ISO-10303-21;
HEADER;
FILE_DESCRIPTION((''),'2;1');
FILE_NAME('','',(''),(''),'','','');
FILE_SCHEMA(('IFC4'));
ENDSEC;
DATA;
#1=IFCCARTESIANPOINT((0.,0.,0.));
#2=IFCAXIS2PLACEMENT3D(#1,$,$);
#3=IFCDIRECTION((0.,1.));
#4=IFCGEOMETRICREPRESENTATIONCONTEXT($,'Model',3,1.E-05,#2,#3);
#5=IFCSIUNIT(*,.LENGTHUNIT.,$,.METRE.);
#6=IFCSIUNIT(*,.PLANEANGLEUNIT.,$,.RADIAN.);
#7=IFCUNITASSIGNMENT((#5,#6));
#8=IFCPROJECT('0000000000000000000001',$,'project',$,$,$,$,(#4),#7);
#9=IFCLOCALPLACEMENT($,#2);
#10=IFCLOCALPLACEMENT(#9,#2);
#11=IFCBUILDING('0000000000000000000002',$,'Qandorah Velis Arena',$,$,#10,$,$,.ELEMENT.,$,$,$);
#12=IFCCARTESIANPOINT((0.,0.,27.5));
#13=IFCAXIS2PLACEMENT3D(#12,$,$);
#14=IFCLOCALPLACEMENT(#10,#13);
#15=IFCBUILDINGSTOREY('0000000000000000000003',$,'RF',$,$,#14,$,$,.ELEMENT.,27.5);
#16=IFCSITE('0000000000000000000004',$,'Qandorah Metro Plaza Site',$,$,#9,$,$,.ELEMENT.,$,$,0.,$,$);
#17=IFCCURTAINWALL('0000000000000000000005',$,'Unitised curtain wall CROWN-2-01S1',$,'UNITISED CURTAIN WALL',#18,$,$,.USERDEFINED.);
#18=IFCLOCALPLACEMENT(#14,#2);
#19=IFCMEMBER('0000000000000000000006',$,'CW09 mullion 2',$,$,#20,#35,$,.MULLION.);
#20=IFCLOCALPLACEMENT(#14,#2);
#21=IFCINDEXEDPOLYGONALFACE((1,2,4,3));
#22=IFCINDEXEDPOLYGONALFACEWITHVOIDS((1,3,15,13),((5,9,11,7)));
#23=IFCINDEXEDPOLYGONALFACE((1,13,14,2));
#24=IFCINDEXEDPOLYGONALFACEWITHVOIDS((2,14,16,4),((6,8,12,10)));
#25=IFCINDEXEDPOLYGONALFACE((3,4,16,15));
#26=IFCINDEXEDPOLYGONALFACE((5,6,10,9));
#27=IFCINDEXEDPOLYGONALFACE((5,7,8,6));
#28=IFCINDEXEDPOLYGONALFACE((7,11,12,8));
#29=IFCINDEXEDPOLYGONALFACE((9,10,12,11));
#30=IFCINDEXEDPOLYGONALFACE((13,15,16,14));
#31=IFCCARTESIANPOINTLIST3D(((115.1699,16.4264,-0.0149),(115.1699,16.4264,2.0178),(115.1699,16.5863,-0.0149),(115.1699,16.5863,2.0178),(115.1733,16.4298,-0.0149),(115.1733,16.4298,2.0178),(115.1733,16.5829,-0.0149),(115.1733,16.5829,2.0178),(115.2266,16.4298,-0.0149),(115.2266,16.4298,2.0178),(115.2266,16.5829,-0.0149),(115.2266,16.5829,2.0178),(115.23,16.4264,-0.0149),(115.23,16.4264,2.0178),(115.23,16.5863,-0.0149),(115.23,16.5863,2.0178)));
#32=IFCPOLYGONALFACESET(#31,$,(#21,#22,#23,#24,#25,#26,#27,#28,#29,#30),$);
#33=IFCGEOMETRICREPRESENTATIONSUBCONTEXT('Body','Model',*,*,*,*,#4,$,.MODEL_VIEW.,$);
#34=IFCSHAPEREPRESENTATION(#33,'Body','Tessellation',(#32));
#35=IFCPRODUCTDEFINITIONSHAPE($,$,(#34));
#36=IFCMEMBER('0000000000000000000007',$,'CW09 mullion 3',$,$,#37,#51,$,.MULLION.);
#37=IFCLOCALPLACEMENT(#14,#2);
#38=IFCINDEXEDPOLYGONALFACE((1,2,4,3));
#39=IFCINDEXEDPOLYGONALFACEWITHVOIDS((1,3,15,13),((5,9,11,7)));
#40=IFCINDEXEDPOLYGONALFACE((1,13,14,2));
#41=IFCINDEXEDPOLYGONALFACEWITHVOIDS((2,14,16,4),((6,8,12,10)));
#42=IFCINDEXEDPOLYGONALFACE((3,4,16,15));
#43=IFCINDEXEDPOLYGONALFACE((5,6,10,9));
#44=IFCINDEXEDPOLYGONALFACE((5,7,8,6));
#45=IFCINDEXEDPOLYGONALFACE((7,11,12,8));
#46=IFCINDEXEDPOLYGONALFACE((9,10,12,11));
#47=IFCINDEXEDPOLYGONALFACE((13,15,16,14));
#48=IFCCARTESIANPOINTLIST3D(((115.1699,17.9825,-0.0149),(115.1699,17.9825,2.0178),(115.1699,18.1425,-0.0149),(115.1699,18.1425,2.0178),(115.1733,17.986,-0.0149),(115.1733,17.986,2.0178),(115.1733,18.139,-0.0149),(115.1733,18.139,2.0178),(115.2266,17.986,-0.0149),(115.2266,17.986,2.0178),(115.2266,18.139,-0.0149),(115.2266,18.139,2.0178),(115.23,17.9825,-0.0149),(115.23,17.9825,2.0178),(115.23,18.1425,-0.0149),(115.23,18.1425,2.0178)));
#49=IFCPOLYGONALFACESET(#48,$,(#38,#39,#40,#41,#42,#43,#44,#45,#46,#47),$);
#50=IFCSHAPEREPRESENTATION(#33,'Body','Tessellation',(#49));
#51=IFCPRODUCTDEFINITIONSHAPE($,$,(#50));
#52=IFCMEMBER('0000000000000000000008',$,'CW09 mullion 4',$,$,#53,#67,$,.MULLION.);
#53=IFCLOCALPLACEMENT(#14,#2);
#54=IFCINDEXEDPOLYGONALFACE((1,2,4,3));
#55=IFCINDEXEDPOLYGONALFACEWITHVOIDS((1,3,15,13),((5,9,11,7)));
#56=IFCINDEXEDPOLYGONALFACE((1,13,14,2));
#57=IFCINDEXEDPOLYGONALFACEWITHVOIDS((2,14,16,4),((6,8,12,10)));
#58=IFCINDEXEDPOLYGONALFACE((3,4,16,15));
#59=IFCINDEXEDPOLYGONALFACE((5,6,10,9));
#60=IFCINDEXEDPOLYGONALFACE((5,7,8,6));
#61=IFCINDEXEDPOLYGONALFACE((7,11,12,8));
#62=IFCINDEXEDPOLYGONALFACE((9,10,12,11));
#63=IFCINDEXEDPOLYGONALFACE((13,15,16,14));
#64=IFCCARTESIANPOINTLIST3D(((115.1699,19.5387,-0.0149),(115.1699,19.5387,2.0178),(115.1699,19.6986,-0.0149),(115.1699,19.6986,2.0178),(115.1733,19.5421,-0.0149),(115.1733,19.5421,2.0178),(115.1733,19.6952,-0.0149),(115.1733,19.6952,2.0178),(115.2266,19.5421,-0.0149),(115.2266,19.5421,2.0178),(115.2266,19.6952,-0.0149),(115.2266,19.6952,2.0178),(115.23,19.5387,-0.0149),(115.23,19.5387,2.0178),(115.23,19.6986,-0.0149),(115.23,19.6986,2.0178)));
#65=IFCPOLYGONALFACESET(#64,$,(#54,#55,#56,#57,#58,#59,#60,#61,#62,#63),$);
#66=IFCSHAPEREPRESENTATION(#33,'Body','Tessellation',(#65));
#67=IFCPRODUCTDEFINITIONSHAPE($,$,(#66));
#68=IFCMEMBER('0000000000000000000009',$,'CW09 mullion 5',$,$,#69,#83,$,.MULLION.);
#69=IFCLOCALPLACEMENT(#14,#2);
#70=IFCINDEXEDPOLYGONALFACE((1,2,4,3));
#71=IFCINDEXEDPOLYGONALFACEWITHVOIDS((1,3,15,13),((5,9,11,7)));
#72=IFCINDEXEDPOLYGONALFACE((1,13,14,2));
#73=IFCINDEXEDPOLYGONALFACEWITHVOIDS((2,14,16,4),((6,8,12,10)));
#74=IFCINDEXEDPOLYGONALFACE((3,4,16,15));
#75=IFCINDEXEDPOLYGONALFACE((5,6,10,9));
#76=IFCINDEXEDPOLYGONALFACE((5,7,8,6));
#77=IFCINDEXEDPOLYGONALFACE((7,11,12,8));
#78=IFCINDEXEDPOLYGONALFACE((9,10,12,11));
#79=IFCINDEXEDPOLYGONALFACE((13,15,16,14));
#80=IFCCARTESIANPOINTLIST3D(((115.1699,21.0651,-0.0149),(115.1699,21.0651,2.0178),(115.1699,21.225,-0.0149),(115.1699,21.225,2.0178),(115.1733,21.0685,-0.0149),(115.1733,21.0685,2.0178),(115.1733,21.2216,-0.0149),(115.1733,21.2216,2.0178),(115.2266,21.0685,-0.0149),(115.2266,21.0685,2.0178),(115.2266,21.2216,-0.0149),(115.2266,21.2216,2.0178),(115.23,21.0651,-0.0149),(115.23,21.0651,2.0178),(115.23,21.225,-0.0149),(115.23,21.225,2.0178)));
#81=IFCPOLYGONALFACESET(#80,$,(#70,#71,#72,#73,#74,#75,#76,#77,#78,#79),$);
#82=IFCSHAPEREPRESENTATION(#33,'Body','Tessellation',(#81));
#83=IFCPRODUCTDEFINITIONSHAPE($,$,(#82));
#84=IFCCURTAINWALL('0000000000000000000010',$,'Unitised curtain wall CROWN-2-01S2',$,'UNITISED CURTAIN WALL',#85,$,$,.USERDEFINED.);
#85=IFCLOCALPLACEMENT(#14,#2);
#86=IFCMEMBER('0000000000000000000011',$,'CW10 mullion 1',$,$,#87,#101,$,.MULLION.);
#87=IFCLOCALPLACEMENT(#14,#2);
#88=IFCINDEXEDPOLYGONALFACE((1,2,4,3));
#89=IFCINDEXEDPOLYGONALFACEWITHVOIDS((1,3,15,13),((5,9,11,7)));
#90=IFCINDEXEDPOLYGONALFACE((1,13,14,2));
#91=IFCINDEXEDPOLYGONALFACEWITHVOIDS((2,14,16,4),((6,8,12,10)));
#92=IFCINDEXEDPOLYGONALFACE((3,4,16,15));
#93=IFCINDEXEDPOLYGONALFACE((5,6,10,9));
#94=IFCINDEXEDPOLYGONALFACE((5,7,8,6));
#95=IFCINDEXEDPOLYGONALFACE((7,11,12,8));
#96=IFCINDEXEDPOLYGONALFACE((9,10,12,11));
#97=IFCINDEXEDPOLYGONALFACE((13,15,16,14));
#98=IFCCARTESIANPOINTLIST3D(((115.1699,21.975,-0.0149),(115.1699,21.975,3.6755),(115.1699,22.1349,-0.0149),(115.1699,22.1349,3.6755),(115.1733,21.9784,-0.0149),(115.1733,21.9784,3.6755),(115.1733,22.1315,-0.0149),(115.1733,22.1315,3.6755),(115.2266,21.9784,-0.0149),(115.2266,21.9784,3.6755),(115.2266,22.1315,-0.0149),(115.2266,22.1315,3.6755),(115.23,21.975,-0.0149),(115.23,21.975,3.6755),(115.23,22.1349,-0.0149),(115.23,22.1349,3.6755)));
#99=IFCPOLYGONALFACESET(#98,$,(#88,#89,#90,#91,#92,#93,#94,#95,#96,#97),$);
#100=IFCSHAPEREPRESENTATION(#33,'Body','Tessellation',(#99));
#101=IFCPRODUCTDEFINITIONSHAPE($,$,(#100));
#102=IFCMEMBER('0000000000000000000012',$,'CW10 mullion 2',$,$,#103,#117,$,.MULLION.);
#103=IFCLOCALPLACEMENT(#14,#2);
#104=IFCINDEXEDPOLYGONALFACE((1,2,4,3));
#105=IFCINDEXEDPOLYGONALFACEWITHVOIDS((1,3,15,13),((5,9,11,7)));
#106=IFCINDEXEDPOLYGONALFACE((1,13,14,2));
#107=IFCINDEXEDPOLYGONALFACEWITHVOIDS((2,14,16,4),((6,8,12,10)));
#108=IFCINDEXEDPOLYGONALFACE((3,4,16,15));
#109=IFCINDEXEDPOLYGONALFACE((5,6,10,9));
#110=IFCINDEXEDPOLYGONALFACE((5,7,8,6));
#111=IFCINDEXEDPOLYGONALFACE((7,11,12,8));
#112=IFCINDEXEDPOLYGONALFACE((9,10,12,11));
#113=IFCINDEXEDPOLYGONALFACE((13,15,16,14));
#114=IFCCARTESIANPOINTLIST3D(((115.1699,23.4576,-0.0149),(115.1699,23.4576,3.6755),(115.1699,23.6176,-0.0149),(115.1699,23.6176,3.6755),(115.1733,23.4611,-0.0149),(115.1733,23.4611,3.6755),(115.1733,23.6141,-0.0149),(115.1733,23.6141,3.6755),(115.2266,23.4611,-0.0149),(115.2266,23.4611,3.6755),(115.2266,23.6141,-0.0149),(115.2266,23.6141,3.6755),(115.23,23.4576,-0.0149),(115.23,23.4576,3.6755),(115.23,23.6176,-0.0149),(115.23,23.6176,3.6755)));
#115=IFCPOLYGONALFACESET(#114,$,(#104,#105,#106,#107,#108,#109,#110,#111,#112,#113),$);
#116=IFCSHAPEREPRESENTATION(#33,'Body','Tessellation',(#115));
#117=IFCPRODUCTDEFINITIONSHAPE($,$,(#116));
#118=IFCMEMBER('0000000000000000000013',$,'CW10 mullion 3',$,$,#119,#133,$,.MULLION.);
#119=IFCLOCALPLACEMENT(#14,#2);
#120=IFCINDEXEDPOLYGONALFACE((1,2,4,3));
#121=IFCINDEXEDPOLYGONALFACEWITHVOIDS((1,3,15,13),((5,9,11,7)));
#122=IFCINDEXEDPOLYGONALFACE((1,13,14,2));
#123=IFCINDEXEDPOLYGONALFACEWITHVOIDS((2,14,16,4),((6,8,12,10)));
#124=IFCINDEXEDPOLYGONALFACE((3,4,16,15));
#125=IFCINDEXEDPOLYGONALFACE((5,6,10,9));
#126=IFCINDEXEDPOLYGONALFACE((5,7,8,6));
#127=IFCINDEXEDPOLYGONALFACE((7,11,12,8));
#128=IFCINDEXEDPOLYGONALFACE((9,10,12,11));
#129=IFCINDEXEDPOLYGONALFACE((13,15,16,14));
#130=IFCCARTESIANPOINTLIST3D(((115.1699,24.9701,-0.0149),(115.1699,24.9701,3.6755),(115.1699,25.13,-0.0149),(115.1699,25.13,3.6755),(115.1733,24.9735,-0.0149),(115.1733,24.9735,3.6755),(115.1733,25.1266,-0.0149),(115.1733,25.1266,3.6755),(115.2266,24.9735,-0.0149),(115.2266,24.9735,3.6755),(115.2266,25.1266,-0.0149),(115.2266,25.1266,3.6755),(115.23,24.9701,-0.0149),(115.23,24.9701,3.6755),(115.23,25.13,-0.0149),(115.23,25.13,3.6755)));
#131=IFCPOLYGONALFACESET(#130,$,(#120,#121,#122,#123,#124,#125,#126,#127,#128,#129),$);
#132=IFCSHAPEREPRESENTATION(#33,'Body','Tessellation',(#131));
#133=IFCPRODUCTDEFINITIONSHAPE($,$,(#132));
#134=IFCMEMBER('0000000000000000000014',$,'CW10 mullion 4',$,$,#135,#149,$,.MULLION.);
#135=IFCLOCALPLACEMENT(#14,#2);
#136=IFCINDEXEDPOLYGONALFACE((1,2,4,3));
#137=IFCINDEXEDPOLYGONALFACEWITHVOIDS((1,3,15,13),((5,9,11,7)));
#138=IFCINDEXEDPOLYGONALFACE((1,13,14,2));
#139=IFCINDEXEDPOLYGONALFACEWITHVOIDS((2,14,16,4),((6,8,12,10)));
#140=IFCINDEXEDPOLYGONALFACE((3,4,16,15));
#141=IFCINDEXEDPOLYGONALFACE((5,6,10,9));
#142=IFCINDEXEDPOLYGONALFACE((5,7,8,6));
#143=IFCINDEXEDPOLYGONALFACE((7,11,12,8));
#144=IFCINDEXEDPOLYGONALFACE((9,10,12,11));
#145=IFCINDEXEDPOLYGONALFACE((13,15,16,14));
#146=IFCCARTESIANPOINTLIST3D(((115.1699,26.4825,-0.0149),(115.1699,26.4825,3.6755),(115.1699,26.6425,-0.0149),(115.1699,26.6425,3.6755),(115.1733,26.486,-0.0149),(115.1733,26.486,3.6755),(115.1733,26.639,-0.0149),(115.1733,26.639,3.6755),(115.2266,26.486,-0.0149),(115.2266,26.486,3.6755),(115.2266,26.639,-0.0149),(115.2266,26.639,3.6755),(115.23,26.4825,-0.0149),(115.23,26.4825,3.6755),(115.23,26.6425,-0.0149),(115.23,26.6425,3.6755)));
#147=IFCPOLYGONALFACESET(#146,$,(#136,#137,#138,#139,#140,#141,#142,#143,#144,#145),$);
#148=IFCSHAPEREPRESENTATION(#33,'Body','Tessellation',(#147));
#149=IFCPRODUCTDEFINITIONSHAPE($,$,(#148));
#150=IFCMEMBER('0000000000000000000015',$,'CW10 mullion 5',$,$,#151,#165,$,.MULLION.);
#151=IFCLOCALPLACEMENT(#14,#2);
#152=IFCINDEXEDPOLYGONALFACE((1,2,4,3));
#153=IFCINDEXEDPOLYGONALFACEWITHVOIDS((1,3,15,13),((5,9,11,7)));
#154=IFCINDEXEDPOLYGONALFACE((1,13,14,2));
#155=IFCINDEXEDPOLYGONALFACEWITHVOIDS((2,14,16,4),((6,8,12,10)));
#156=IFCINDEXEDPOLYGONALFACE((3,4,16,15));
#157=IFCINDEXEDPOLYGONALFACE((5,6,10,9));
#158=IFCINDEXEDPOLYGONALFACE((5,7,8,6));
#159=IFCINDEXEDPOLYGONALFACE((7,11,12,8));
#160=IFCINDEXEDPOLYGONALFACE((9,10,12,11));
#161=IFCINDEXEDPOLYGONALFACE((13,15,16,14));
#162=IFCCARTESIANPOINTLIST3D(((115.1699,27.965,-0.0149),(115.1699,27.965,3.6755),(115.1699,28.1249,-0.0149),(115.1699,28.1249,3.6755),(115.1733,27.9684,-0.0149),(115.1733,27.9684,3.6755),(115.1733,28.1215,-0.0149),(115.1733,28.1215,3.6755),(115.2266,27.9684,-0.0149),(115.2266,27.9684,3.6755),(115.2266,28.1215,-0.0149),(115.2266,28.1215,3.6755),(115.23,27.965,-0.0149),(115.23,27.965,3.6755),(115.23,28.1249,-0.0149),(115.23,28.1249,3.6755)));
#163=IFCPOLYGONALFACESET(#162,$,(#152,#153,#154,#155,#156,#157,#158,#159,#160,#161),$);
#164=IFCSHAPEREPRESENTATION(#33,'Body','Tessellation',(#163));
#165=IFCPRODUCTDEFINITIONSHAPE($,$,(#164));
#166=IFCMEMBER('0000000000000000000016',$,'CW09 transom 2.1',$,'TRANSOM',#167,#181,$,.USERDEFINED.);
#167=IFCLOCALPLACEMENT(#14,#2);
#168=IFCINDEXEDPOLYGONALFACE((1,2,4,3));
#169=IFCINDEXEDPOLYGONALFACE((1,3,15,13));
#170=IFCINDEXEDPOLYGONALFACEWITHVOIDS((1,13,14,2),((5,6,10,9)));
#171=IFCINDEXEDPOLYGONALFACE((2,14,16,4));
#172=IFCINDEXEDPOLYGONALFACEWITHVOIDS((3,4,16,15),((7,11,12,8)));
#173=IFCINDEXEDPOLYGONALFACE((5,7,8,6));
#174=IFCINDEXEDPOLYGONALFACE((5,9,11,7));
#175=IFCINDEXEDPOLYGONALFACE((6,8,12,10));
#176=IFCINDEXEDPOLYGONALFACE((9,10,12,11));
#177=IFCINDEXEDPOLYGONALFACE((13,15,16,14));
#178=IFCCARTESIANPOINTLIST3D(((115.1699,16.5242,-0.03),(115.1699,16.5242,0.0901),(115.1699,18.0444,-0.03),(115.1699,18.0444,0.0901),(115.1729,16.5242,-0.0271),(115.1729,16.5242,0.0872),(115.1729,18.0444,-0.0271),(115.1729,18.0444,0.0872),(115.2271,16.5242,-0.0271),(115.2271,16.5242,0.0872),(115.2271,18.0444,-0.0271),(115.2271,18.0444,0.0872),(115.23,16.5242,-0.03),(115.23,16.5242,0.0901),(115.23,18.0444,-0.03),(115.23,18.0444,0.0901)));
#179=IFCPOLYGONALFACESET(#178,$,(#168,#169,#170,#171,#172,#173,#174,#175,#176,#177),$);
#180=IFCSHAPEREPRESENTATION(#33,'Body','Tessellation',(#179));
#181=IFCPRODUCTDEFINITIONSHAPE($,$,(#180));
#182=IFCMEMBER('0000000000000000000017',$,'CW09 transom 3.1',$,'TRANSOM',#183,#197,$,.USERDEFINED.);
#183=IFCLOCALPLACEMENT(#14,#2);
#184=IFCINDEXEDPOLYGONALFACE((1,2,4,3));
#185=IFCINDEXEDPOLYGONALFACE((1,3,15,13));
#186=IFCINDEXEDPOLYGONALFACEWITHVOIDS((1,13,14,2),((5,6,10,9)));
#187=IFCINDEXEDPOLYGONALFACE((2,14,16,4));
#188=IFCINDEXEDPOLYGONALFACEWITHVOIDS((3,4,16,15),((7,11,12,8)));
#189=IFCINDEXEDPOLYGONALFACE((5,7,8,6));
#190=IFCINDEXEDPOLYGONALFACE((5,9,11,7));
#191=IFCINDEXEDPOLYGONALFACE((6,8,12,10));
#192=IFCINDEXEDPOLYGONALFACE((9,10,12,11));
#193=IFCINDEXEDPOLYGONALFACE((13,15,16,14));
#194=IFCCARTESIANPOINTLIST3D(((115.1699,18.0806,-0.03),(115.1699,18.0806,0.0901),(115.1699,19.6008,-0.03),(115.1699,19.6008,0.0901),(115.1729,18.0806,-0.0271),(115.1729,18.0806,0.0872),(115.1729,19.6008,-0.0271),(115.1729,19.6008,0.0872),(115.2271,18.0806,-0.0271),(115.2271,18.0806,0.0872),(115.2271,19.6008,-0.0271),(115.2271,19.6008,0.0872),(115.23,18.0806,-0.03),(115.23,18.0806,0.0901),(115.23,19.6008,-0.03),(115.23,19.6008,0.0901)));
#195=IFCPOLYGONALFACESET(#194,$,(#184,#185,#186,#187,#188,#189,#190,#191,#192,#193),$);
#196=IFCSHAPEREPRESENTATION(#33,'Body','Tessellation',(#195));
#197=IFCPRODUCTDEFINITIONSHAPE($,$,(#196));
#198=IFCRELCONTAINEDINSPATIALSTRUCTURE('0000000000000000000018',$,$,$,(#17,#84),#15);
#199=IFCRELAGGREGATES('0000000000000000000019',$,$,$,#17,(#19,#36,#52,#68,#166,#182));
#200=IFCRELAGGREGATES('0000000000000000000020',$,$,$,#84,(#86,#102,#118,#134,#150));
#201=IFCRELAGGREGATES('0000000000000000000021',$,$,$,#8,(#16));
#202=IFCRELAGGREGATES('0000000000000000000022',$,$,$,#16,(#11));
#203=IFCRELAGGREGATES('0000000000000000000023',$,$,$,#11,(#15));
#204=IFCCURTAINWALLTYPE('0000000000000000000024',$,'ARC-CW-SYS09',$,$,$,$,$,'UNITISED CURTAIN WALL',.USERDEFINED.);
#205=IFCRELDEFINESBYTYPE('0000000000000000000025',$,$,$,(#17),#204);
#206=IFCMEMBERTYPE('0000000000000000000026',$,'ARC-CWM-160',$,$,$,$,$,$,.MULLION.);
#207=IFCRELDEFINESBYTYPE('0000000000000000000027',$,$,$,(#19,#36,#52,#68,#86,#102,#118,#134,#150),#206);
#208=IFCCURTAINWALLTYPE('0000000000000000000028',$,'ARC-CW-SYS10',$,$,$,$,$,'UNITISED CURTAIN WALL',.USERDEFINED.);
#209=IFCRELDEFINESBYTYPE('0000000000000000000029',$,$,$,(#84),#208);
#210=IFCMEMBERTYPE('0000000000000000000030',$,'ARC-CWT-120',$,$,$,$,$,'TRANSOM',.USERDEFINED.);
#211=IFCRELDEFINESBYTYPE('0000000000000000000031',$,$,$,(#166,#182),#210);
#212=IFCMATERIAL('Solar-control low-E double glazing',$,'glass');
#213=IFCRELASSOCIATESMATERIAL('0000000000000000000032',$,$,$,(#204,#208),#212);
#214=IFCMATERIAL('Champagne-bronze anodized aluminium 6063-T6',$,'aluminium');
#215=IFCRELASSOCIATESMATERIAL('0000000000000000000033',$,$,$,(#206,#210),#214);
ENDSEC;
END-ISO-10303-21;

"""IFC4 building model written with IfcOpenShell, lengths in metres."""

from ifc_helpers import new_model, si_unit, direction, frame, origin, origin_2d, place, context, subcontext, project, spatial, hollow_rectangle, extrude, material, material_profile, profile_set, type_object, element, aggregate, save


model = new_model("IFC4")

# Units and contexts
model_context = context("Model", 3, precision=1e-05, world=origin(), true_north=direction((0.0, 1.0)))
body_context = subcontext(model_context, "Body", "Model", "MODEL_VIEW")
ifc_project = project(units=[si_unit("LENGTHUNIT", "METRE"), si_unit("PLANEANGLEUNIT", "RADIAN")], contexts=[model_context])

# Site, building, storey
site_placement = place(None, origin())
site = spatial("IfcSite", under=ifc_project, at=site_placement, Name="Qandorah Metro Plaza Site", CompositionType="ELEMENT", RefElevation=0.0)
building_placement = place(site_placement, origin())
building = spatial("IfcBuilding", under=site, at=building_placement, Name="Qandorah Velis Arena", CompositionType="ELEMENT")
storey_placement = place(building_placement, frame((0.0, 0.0, 27.5)))
storey = spatial("IfcBuildingStorey", under=building, at=storey_placement, Name="RF", CompositionType="ELEMENT", Elevation=27.5)

# Curtain walls, members
ifc_material_1 = material(Name="Solar-control low-E double glazing", Category="glass")
curtain_wall_type_1 = type_object("IfcCurtainWallType", Name="ARC-CW-SYS09", ElementType="UNITISED CURTAIN WALL", PredefinedType="USERDEFINED", material=ifc_material_1)
curtain_wall_1_placement = place(storey_placement, origin())
curtain_wall_1 = element("IfcCurtainWall", 1, at=curtain_wall_1_placement, inside=storey, type_object=curtain_wall_type_1, Name="Unitised curtain wall CROWN-2-01S1", ObjectType="UNITISED CURTAIN WALL", PredefinedType="USERDEFINED")
ifc_material_2 = material(Name="Champagne-bronze anodized aluminium 6063-T6", Category="aluminium")
ifc_material_profile_1 = material_profile(ifc_material_2, hollow_rectangle(XDim=0.0601, YDim=0.1599, WallThickness=0.0034, at=origin_2d()), Name="ALU MULLION 60x160")
ifc_profile_set_1 = profile_set([ifc_material_profile_1], Name="Champagne-bronze anodized aluminium 6063-T6")
member_type_1 = type_object("IfcMemberType", Name="ARC-CWM-160", PredefinedType="MULLION", material=ifc_profile_set_1)
member_1_placement = place(storey_placement, frame((115.2, 16.5063, -0.0149), z_axis=(0.0, 0.0, 1.0), x_axis=(-1.0, 0.0, 0.0)))
member_1 = element("IfcMember", 2, at=member_1_placement, type_object=member_type_1, Name="CW09 mullion 2", PredefinedType="MULLION", context=body_context, shape_type="SweptSolid", body=[
    extrude(hollow_rectangle(XDim=0.0601, YDim=0.1599, WallThickness=0.0034, at=origin_2d()), origin(), (0.0, 0.0, 1.0), 2.0327),
])
member_2_placement = place(storey_placement, frame((115.2, 18.0625, -0.0149), z_axis=(0.0, 0.0, 1.0), x_axis=(-1.0, 0.0, 0.0)))
member_2 = element("IfcMember", 3, at=member_2_placement, type_object=member_type_1, Name="CW09 mullion 3", PredefinedType="MULLION", context=body_context, shape_type="SweptSolid", body=[
    extrude(hollow_rectangle(XDim=0.0601, YDim=0.1599, WallThickness=0.0034, at=origin_2d()), origin(), (0.0, 0.0, 1.0), 2.0327),
])
member_3_placement = place(storey_placement, frame((115.2, 19.6187, -0.0149), z_axis=(0.0, 0.0, 1.0), x_axis=(-1.0, 0.0, 0.0)))
member_3 = element("IfcMember", 4, at=member_3_placement, type_object=member_type_1, Name="CW09 mullion 4", PredefinedType="MULLION", context=body_context, shape_type="SweptSolid", body=[
    extrude(hollow_rectangle(XDim=0.0601, YDim=0.1599, WallThickness=0.0034, at=origin_2d()), origin(), (0.0, 0.0, 1.0), 2.0327),
])
member_4_placement = place(storey_placement, frame((115.2, 21.145, -0.0149), z_axis=(0.0, 0.0, 1.0), x_axis=(-1.0, 0.0, 0.0)))
member_4 = element("IfcMember", 5, at=member_4_placement, type_object=member_type_1, Name="CW09 mullion 5", PredefinedType="MULLION", context=body_context, shape_type="SweptSolid", body=[
    extrude(hollow_rectangle(XDim=0.0601, YDim=0.1599, WallThickness=0.0034, at=origin_2d()), origin(), (0.0, 0.0, 1.0), 2.0327),
])
curtain_wall_type_2 = type_object("IfcCurtainWallType", Name="ARC-CW-SYS10", ElementType="UNITISED CURTAIN WALL", PredefinedType="USERDEFINED", material=ifc_material_1)
curtain_wall_2_placement = place(storey_placement, origin())
curtain_wall_2 = element("IfcCurtainWall", 6, at=curtain_wall_2_placement, inside=storey, type_object=curtain_wall_type_2, Name="Unitised curtain wall CROWN-2-01S2", ObjectType="UNITISED CURTAIN WALL", PredefinedType="USERDEFINED")
member_5_placement = place(storey_placement, frame((115.2, 22.0549, -0.0149), z_axis=(0.0, 0.0, 1.0), x_axis=(-1.0, 0.0, 0.0)))
member_5 = element("IfcMember", 7, at=member_5_placement, type_object=member_type_1, Name="CW10 mullion 1", PredefinedType="MULLION", context=body_context, shape_type="SweptSolid", body=[
    extrude(hollow_rectangle(XDim=0.0601, YDim=0.1599, WallThickness=0.0034, at=origin_2d()), origin(), (0.0, 0.0, 1.0), 3.6904),
])
member_6_placement = place(storey_placement, frame((115.2, 23.5376, -0.0149), z_axis=(0.0, 0.0, 1.0), x_axis=(-1.0, 0.0, 0.0)))
member_6 = element("IfcMember", 8, at=member_6_placement, type_object=member_type_1, Name="CW10 mullion 2", PredefinedType="MULLION", context=body_context, shape_type="SweptSolid", body=[
    extrude(hollow_rectangle(XDim=0.0601, YDim=0.1599, WallThickness=0.0034, at=origin_2d()), origin(), (0.0, 0.0, 1.0), 3.6904),
])
member_7_placement = place(storey_placement, frame((115.2, 25.05, -0.0149), z_axis=(0.0, 0.0, 1.0), x_axis=(-1.0, 0.0, 0.0)))
member_7 = element("IfcMember", 9, at=member_7_placement, type_object=member_type_1, Name="CW10 mullion 3", PredefinedType="MULLION", context=body_context, shape_type="SweptSolid", body=[
    extrude(hollow_rectangle(XDim=0.0601, YDim=0.1599, WallThickness=0.0034, at=origin_2d()), origin(), (0.0, 0.0, 1.0), 3.6904),
])
member_8_placement = place(storey_placement, frame((115.2, 26.5625, -0.0149), z_axis=(0.0, 0.0, 1.0), x_axis=(-1.0, 0.0, 0.0)))
member_8 = element("IfcMember", 10, at=member_8_placement, type_object=member_type_1, Name="CW10 mullion 4", PredefinedType="MULLION", context=body_context, shape_type="SweptSolid", body=[
    extrude(hollow_rectangle(XDim=0.0601, YDim=0.1599, WallThickness=0.0034, at=origin_2d()), origin(), (0.0, 0.0, 1.0), 3.6904),
])
member_9_placement = place(storey_placement, frame((115.2, 28.0449, -0.0149), z_axis=(0.0, 0.0, 1.0), x_axis=(-1.0, 0.0, 0.0)))
member_9 = element("IfcMember", 11, at=member_9_placement, type_object=member_type_1, Name="CW10 mullion 5", PredefinedType="MULLION", context=body_context, shape_type="SweptSolid", body=[
    extrude(hollow_rectangle(XDim=0.0601, YDim=0.1599, WallThickness=0.0034, at=origin_2d()), origin(), (0.0, 0.0, 1.0), 3.6904),
])

# Members
ifc_material_profile_2 = material_profile(ifc_material_2, hollow_rectangle(XDim=0.0601, YDim=0.1201, WallThickness=0.0029, at=origin_2d()), Name="ALU TRANSOM 60x120")
ifc_profile_set_2 = profile_set([ifc_material_profile_2], Name="Champagne-bronze anodized aluminium 6063-T6")
member_type_2 = type_object("IfcMemberType", Name="ARC-CWT-120", ElementType="TRANSOM", PredefinedType="USERDEFINED", material=ifc_profile_set_2)
member_10_placement = place(storey_placement, frame((115.2, 16.5242, 0.03), z_axis=(0.0, 1.0, 0.0), x_axis=(-1.0, 0.0, 0.0)))
member_10 = element("IfcMember", 12, at=member_10_placement, type_object=member_type_2, Name="CW09 transom 2.1", ObjectType="TRANSOM", PredefinedType="USERDEFINED", context=body_context, shape_type="SweptSolid", body=[
    extrude(hollow_rectangle(XDim=0.0601, YDim=0.1201, WallThickness=0.0029, at=origin_2d()), origin(), (0.0, 0.0, 1.0), 1.5203),
])
member_11_placement = place(storey_placement, frame((115.2, 18.0806, 0.03), z_axis=(0.0, 1.0, 0.0), x_axis=(-1.0, 0.0, 0.0)))
member_11 = element("IfcMember", 13, at=member_11_placement, type_object=member_type_2, Name="CW09 transom 3.1", ObjectType="TRANSOM", PredefinedType="USERDEFINED", context=body_context, shape_type="SweptSolid", body=[
    extrude(hollow_rectangle(XDim=0.0601, YDim=0.1201, WallThickness=0.0029, at=origin_2d()), origin(), (0.0, 0.0, 1.0), 1.5203),
])
aggregate(curtain_wall_1, [member_1, member_2, member_3, member_4, member_10, member_11])
aggregate(curtain_wall_2, [member_5, member_6, member_7, member_8, member_9])

save(model, "model.ifc")
